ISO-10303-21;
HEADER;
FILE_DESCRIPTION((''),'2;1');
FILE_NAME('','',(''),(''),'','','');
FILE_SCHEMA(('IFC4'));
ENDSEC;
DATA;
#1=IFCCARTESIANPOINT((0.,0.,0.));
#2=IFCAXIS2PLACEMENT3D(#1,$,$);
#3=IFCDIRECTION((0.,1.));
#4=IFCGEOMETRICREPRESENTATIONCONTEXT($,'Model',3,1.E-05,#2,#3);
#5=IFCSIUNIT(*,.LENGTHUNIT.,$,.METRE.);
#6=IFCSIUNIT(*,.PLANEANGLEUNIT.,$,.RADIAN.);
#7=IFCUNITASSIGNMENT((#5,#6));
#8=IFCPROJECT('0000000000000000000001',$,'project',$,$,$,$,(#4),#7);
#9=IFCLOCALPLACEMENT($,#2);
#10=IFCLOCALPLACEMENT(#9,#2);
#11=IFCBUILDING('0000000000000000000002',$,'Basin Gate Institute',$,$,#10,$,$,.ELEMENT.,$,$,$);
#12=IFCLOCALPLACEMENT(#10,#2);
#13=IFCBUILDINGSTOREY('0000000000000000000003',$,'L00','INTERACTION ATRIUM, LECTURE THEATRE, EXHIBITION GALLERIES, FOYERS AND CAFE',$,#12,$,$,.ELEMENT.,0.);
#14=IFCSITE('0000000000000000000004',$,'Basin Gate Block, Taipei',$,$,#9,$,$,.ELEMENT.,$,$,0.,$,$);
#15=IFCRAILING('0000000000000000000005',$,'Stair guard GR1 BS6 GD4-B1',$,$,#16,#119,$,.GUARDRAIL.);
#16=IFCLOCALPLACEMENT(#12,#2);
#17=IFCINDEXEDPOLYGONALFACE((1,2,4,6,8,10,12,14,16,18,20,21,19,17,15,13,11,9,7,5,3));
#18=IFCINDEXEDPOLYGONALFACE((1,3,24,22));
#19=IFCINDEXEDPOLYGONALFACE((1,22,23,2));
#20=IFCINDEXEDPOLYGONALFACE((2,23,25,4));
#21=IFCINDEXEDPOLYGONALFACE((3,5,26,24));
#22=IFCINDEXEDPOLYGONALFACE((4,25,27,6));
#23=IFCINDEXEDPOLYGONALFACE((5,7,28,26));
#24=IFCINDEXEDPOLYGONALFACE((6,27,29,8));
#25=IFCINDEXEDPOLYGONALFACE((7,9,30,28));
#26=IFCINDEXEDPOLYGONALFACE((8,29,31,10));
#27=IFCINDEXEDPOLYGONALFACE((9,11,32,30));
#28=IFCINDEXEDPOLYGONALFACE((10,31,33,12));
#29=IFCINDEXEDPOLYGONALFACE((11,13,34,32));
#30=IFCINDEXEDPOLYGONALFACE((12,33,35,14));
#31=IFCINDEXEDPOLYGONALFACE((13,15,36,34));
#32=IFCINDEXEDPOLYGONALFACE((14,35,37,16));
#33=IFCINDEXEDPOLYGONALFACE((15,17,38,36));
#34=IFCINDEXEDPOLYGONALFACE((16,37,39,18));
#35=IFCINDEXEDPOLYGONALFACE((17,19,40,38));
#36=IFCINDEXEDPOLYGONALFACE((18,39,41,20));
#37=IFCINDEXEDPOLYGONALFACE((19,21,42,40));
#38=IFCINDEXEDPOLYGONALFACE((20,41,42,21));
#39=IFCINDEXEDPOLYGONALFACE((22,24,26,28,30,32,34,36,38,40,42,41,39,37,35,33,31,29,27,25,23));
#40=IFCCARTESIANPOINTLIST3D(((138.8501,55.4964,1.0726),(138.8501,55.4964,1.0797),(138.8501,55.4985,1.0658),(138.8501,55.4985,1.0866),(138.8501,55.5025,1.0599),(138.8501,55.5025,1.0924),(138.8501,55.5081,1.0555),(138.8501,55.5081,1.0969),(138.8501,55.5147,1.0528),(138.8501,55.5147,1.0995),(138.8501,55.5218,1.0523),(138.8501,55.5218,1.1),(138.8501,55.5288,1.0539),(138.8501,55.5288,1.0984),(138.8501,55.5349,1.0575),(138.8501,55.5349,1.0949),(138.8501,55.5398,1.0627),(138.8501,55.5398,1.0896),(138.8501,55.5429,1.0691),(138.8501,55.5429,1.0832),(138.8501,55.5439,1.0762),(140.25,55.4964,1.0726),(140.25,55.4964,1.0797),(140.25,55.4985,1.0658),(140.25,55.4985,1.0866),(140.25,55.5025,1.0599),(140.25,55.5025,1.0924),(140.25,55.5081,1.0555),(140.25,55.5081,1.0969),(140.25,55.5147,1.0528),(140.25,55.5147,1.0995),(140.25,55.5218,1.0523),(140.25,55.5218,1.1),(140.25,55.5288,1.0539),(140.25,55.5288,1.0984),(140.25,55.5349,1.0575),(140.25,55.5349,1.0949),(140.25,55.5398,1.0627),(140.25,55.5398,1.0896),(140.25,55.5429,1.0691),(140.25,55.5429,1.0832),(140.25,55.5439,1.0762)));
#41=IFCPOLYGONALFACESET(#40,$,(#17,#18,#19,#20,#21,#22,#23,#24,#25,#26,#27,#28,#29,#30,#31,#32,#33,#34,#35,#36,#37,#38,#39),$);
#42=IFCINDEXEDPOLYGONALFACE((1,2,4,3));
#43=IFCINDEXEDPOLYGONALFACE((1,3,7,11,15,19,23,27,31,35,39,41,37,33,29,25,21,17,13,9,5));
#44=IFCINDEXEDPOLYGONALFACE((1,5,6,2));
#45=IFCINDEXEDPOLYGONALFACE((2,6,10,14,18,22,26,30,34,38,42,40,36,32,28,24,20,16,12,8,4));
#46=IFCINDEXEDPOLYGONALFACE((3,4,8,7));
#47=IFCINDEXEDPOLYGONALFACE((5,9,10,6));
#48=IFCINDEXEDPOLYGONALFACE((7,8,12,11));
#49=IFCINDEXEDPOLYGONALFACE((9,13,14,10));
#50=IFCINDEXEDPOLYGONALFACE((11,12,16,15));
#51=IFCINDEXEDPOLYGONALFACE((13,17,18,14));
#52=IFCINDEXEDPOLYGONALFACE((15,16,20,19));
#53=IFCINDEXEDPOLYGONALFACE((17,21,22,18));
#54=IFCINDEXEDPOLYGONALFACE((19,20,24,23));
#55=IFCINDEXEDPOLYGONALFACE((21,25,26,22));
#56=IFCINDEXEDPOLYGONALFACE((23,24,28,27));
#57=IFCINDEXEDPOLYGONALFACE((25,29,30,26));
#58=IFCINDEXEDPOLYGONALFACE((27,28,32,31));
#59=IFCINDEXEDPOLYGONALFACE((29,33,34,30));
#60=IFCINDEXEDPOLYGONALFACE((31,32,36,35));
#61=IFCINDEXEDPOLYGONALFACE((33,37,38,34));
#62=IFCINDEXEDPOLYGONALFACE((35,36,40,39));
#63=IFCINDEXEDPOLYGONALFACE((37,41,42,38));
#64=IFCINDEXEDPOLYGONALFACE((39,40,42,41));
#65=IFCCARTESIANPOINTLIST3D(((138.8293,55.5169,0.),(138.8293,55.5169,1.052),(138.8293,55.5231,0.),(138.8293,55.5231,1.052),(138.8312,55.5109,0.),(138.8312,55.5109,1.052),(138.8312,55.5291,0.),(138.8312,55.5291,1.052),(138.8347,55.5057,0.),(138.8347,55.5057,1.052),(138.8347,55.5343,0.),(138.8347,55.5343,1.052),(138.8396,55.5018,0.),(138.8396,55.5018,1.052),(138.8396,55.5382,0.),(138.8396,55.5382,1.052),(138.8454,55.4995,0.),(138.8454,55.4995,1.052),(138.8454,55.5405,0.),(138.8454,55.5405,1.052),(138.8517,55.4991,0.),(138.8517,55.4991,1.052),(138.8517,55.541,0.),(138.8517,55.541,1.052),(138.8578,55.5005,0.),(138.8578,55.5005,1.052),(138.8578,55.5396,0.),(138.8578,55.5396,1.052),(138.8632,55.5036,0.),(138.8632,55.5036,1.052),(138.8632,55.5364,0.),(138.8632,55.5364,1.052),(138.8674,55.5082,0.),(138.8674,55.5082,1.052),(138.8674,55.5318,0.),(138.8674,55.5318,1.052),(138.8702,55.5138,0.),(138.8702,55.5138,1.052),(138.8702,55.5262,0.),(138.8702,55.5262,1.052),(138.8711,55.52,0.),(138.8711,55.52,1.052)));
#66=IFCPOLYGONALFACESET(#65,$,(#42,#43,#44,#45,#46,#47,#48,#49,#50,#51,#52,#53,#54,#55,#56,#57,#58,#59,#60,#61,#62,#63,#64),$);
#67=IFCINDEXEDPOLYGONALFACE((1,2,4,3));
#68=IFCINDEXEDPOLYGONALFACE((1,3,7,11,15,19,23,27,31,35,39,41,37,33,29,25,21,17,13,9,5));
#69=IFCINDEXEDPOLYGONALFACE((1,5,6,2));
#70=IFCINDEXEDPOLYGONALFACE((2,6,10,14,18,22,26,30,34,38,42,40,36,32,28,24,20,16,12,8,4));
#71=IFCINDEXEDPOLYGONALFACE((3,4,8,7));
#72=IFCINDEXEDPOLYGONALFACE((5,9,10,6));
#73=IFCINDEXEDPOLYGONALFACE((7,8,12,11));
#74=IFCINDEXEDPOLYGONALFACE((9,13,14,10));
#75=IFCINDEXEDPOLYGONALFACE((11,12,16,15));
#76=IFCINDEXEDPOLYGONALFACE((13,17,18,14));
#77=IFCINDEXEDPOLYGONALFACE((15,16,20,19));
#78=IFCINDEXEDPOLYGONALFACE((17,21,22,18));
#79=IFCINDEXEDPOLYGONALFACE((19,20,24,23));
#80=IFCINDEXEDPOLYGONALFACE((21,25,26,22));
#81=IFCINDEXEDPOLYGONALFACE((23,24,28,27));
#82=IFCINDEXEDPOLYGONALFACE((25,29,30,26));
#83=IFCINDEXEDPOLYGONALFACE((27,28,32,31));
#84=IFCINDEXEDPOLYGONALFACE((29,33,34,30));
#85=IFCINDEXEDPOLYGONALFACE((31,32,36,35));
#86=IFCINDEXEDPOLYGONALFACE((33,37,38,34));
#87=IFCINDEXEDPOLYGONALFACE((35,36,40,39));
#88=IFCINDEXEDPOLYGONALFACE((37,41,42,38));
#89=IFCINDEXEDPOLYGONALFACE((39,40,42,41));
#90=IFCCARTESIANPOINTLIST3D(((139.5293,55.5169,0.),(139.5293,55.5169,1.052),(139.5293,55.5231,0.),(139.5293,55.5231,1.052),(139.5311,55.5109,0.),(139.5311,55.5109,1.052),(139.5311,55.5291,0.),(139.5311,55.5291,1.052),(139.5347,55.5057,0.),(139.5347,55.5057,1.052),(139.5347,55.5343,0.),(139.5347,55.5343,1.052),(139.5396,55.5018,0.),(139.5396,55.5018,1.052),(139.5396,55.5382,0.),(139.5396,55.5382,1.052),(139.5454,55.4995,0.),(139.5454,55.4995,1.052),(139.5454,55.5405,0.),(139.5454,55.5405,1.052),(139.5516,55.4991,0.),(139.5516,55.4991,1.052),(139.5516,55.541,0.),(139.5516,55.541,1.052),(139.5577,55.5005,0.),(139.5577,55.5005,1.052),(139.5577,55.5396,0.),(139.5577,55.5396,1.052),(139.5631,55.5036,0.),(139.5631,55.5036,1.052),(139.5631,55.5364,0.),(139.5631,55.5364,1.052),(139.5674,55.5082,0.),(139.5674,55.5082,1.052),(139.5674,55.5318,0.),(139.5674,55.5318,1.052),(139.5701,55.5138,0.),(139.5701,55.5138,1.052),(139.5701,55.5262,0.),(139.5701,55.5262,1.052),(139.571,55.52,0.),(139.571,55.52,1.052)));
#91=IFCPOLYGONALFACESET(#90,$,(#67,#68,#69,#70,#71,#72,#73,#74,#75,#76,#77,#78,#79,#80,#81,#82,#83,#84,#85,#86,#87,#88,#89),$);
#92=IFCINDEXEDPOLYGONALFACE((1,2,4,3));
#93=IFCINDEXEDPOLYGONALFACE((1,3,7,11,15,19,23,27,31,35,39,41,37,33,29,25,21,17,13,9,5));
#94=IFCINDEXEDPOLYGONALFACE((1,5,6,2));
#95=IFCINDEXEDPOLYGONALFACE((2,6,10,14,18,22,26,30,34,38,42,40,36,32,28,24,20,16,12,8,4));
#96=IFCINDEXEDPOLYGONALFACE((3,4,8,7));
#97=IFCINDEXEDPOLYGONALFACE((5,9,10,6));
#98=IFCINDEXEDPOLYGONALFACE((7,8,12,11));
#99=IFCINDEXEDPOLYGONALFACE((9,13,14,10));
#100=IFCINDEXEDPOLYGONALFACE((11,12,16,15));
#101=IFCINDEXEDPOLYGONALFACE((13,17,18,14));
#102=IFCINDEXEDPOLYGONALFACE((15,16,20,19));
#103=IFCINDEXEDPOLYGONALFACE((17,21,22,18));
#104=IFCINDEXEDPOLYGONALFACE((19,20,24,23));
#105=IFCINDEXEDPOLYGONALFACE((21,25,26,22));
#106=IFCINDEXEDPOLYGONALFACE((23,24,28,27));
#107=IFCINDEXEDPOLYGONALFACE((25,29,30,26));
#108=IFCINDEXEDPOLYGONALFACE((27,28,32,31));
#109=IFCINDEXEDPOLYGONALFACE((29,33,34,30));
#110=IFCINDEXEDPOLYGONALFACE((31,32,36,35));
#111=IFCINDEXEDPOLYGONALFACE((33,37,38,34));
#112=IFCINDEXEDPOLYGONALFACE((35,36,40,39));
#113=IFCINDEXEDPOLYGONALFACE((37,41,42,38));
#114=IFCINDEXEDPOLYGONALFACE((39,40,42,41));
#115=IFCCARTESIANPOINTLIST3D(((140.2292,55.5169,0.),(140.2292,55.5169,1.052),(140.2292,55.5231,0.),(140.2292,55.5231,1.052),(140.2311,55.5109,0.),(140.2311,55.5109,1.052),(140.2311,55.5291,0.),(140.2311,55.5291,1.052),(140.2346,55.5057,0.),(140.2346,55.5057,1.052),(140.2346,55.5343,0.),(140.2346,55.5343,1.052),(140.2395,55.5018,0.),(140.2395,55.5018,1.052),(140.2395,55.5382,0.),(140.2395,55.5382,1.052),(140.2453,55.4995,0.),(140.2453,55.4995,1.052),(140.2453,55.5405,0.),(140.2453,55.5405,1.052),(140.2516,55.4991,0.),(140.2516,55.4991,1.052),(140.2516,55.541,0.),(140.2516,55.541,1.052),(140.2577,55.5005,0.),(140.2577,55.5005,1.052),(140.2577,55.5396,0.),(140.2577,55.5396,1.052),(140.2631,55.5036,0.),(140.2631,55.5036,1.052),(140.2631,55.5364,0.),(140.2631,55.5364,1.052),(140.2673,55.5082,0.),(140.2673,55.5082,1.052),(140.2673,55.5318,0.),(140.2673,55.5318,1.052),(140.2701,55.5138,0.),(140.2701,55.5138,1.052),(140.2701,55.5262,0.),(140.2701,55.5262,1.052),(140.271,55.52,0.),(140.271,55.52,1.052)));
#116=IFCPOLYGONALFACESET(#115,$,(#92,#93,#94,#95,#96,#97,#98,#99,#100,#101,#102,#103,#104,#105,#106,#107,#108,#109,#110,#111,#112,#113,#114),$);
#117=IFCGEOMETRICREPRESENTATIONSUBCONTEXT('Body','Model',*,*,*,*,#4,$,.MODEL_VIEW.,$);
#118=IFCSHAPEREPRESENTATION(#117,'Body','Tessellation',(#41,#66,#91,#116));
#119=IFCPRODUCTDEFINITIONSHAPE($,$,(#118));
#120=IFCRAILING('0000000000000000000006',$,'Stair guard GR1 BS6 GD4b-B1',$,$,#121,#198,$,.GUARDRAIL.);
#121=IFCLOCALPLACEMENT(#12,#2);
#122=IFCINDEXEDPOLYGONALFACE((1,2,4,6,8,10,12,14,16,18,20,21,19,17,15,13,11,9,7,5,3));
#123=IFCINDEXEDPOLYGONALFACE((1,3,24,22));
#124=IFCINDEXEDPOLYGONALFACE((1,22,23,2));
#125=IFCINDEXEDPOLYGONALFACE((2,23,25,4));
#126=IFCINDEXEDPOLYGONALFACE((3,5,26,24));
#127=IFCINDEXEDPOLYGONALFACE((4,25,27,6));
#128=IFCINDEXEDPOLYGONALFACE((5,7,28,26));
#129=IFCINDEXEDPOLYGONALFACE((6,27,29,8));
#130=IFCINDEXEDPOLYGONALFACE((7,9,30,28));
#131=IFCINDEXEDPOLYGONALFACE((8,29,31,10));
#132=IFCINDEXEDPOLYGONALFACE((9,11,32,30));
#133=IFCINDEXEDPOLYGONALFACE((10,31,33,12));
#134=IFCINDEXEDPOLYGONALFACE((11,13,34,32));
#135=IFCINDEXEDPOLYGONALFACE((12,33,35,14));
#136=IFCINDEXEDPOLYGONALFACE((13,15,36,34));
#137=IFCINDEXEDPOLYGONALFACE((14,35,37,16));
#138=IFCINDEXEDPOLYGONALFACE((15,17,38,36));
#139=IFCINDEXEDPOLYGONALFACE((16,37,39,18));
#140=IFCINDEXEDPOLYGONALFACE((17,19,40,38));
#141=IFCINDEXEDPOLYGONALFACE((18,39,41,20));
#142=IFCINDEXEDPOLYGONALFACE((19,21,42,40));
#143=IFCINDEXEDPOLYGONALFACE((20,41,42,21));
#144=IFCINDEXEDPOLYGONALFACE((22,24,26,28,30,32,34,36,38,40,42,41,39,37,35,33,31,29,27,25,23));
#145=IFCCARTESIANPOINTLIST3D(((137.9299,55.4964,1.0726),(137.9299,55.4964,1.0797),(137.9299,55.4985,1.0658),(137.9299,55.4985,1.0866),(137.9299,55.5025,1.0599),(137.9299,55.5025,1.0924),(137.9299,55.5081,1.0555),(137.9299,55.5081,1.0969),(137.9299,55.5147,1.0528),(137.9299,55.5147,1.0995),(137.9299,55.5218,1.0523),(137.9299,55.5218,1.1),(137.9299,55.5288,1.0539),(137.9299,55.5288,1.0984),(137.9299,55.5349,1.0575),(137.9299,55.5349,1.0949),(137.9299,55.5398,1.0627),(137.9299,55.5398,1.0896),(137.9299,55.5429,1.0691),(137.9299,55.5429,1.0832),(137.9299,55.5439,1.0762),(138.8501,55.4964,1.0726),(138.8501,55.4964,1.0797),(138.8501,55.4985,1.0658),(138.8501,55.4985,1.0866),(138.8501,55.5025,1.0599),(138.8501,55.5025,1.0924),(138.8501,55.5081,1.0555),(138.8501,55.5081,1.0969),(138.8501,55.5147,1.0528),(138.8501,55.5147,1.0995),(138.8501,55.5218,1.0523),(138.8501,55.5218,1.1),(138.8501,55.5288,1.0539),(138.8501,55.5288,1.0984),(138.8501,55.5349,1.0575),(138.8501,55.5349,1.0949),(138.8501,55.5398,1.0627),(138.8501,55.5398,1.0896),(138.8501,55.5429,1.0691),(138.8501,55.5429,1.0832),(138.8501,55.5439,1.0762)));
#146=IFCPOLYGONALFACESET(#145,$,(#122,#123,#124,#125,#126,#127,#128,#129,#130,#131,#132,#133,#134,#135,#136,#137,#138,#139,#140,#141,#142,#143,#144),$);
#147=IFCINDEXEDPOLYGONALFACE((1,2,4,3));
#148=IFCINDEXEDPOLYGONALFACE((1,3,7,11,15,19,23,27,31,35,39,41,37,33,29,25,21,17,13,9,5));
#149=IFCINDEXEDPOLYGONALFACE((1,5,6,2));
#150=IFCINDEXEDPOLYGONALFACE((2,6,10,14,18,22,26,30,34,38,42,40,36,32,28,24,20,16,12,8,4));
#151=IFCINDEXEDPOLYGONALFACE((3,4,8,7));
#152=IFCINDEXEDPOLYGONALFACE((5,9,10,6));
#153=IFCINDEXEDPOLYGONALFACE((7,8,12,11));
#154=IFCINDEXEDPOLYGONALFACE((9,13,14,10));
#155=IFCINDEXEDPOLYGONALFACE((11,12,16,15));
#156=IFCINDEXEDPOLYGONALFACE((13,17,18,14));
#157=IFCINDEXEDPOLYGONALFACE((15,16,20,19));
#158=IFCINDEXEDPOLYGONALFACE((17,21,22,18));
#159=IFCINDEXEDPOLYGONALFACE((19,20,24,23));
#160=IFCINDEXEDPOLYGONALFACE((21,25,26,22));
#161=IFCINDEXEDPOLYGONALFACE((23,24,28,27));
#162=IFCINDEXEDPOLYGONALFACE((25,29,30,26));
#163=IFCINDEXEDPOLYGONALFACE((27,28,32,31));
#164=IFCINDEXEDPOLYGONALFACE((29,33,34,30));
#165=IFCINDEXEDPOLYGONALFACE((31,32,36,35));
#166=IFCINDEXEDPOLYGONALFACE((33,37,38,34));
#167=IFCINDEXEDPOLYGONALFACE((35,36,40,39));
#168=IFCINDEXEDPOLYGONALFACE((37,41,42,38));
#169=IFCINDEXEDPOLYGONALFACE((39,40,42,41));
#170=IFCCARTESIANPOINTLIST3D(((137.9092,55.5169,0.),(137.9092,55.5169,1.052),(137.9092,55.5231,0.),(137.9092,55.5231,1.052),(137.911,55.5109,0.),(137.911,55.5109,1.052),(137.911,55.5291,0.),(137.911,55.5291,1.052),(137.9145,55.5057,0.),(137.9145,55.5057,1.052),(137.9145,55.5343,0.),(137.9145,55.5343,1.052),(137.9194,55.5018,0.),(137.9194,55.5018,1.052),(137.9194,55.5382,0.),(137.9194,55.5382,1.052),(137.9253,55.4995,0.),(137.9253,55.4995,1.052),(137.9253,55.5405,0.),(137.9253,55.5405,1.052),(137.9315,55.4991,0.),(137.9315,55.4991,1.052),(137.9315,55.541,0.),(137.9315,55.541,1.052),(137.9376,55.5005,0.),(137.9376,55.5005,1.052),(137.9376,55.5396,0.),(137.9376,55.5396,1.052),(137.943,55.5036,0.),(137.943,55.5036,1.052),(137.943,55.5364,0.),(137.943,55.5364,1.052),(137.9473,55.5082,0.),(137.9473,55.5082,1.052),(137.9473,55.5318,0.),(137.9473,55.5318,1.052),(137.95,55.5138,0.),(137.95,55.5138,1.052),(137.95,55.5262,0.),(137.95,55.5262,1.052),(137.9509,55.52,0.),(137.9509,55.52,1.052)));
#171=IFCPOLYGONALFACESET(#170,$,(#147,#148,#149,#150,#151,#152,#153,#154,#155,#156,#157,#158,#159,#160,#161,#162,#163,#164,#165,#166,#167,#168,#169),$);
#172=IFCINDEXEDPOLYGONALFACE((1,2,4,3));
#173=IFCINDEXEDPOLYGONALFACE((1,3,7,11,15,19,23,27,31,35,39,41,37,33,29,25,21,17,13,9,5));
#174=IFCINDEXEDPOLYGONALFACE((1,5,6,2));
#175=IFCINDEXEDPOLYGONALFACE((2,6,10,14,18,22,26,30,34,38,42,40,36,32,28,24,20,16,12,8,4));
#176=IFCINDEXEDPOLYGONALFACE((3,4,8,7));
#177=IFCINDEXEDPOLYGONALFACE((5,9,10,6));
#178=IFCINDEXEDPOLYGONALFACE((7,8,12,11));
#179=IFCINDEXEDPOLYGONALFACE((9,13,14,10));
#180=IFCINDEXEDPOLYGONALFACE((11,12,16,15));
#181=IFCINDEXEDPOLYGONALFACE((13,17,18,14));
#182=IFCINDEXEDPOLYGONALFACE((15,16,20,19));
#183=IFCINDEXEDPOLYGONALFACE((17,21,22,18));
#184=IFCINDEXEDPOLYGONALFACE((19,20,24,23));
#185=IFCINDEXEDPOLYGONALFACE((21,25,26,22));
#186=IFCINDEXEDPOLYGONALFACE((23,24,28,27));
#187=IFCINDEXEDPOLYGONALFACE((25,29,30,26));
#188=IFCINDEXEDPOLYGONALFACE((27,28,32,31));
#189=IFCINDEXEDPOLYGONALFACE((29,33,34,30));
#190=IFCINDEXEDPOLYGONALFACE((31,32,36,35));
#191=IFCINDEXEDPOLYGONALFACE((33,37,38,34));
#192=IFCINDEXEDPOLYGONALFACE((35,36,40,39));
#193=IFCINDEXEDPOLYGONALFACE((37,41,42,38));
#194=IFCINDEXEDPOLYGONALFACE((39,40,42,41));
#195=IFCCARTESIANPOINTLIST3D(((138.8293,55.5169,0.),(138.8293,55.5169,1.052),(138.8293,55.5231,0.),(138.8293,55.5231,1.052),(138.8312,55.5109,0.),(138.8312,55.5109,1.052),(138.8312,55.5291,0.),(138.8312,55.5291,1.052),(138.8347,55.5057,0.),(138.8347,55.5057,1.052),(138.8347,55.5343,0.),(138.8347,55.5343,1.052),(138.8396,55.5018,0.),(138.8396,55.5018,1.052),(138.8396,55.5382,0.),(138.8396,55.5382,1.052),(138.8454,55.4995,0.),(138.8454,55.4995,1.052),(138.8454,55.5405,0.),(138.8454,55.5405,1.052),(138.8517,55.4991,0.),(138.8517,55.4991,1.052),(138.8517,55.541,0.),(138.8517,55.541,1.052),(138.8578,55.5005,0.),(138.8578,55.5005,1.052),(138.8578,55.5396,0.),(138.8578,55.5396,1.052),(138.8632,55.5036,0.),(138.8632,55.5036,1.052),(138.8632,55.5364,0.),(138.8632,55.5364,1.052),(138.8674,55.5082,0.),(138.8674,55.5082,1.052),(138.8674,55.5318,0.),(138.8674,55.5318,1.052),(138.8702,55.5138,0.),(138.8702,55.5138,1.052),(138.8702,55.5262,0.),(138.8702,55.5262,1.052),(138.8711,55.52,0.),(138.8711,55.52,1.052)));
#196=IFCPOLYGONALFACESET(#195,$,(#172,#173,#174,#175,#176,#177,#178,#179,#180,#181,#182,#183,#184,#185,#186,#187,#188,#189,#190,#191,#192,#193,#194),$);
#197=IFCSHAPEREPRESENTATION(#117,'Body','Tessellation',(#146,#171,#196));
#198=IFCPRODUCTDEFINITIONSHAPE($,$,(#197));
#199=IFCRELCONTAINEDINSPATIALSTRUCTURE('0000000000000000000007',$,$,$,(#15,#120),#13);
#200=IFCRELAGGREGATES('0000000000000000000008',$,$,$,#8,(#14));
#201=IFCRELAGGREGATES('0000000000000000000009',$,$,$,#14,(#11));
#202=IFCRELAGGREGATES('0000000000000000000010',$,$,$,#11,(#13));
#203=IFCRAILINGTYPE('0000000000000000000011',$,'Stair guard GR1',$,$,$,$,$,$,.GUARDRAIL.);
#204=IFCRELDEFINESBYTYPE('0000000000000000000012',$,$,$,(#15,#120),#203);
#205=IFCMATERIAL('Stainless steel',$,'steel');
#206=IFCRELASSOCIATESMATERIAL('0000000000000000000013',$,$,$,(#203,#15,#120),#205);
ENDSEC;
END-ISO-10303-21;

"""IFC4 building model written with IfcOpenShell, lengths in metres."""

from ifc_helpers import new_model, si_unit, direction, frame, origin, origin_2d, place, context, subcontext, project, spatial, circle, extrude, material, type_object, element, save


model = new_model("IFC4")

# Units and contexts
model_context = context("Model", 3, precision=1e-05, world=origin(), true_north=direction((0.0, 1.0)))
body_context = subcontext(model_context, "Body", "Model", "MODEL_VIEW")
ifc_project = project(units=[si_unit("LENGTHUNIT", "METRE"), si_unit("PLANEANGLEUNIT", "RADIAN")], contexts=[model_context])

# Site, building, storey
site_placement = place(None, origin())
site = spatial("IfcSite", under=ifc_project, at=site_placement, Name="Basin Gate Block, Taipei", CompositionType="ELEMENT", RefElevation=0.0)
building_placement = place(site_placement, origin())
building = spatial("IfcBuilding", under=site, at=building_placement, Name="Basin Gate Institute", CompositionType="ELEMENT")
storey_placement = place(building_placement, origin())
storey = spatial("IfcBuildingStorey", under=building, at=storey_placement, Name="L00", Description="INTERACTION ATRIUM, LECTURE THEATRE, EXHIBITION GALLERIES, FOYERS AND CAFE", CompositionType="ELEMENT", Elevation=0.0)

# Railings
ifc_material_1 = material(Name="Stainless steel", Category="steel")
railing_type = type_object("IfcRailingType", Name="Stair guard GR1", PredefinedType="GUARDRAIL", material=ifc_material_1)
railing_1_placement = place(storey_placement, frame((138.8501, 55.52, 0.0)))
element("IfcRailing", 1, at=railing_1_placement, inside=storey, type_object=railing_type, material=ifc_material_1, Name="Stair guard GR1 BS6 GD4-B1", PredefinedType="GUARDRAIL", context=body_context, shape_type="SweptSolid", body=[
    extrude(circle(Radius=0.0239, at=origin_2d()), frame((0.0, 0.0, 1.0762), z_axis=(1.0, 0.0, 0.0), x_axis=(0.0, 1.0, 0.0)), (0.0, 0.0, 1.0), 1.3999),
    extrude(circle(Radius=0.021, at=origin_2d()), origin(), (0.0, 0.0, 1.0), 1.052),
    extrude(circle(Radius=0.021, at=origin_2d()), frame((0.7, 0.0, 0.0)), (0.0, 0.0, 1.0), 1.052),
    extrude(circle(Radius=0.021, at=origin_2d()), frame((1.3999, 0.0, 0.0)), (0.0, 0.0, 1.0), 1.052),
])
railing_2_placement = place(storey_placement, frame((137.9299, 55.52, 0.0)))
element("IfcRailing", 2, at=railing_2_placement, inside=storey, type_object=railing_type, material=ifc_material_1, Name="Stair guard GR1 BS6 GD4b-B1", PredefinedType="GUARDRAIL", context=body_context, shape_type="SweptSolid", body=[
    extrude(circle(Radius=0.0239, at=origin_2d()), frame((0.0, 0.0, 1.0762), z_axis=(1.0, 0.0, 0.0), x_axis=(0.0, 1.0, 0.0)), (0.0, 0.0, 1.0), 0.9202),
    extrude(circle(Radius=0.021, at=origin_2d()), origin(), (0.0, 0.0, 1.0), 1.052),
    extrude(circle(Radius=0.021, at=origin_2d()), frame((0.9202, 0.0, 0.0)), (0.0, 0.0, 1.0), 1.052),
])

save(model, "model.ifc")
